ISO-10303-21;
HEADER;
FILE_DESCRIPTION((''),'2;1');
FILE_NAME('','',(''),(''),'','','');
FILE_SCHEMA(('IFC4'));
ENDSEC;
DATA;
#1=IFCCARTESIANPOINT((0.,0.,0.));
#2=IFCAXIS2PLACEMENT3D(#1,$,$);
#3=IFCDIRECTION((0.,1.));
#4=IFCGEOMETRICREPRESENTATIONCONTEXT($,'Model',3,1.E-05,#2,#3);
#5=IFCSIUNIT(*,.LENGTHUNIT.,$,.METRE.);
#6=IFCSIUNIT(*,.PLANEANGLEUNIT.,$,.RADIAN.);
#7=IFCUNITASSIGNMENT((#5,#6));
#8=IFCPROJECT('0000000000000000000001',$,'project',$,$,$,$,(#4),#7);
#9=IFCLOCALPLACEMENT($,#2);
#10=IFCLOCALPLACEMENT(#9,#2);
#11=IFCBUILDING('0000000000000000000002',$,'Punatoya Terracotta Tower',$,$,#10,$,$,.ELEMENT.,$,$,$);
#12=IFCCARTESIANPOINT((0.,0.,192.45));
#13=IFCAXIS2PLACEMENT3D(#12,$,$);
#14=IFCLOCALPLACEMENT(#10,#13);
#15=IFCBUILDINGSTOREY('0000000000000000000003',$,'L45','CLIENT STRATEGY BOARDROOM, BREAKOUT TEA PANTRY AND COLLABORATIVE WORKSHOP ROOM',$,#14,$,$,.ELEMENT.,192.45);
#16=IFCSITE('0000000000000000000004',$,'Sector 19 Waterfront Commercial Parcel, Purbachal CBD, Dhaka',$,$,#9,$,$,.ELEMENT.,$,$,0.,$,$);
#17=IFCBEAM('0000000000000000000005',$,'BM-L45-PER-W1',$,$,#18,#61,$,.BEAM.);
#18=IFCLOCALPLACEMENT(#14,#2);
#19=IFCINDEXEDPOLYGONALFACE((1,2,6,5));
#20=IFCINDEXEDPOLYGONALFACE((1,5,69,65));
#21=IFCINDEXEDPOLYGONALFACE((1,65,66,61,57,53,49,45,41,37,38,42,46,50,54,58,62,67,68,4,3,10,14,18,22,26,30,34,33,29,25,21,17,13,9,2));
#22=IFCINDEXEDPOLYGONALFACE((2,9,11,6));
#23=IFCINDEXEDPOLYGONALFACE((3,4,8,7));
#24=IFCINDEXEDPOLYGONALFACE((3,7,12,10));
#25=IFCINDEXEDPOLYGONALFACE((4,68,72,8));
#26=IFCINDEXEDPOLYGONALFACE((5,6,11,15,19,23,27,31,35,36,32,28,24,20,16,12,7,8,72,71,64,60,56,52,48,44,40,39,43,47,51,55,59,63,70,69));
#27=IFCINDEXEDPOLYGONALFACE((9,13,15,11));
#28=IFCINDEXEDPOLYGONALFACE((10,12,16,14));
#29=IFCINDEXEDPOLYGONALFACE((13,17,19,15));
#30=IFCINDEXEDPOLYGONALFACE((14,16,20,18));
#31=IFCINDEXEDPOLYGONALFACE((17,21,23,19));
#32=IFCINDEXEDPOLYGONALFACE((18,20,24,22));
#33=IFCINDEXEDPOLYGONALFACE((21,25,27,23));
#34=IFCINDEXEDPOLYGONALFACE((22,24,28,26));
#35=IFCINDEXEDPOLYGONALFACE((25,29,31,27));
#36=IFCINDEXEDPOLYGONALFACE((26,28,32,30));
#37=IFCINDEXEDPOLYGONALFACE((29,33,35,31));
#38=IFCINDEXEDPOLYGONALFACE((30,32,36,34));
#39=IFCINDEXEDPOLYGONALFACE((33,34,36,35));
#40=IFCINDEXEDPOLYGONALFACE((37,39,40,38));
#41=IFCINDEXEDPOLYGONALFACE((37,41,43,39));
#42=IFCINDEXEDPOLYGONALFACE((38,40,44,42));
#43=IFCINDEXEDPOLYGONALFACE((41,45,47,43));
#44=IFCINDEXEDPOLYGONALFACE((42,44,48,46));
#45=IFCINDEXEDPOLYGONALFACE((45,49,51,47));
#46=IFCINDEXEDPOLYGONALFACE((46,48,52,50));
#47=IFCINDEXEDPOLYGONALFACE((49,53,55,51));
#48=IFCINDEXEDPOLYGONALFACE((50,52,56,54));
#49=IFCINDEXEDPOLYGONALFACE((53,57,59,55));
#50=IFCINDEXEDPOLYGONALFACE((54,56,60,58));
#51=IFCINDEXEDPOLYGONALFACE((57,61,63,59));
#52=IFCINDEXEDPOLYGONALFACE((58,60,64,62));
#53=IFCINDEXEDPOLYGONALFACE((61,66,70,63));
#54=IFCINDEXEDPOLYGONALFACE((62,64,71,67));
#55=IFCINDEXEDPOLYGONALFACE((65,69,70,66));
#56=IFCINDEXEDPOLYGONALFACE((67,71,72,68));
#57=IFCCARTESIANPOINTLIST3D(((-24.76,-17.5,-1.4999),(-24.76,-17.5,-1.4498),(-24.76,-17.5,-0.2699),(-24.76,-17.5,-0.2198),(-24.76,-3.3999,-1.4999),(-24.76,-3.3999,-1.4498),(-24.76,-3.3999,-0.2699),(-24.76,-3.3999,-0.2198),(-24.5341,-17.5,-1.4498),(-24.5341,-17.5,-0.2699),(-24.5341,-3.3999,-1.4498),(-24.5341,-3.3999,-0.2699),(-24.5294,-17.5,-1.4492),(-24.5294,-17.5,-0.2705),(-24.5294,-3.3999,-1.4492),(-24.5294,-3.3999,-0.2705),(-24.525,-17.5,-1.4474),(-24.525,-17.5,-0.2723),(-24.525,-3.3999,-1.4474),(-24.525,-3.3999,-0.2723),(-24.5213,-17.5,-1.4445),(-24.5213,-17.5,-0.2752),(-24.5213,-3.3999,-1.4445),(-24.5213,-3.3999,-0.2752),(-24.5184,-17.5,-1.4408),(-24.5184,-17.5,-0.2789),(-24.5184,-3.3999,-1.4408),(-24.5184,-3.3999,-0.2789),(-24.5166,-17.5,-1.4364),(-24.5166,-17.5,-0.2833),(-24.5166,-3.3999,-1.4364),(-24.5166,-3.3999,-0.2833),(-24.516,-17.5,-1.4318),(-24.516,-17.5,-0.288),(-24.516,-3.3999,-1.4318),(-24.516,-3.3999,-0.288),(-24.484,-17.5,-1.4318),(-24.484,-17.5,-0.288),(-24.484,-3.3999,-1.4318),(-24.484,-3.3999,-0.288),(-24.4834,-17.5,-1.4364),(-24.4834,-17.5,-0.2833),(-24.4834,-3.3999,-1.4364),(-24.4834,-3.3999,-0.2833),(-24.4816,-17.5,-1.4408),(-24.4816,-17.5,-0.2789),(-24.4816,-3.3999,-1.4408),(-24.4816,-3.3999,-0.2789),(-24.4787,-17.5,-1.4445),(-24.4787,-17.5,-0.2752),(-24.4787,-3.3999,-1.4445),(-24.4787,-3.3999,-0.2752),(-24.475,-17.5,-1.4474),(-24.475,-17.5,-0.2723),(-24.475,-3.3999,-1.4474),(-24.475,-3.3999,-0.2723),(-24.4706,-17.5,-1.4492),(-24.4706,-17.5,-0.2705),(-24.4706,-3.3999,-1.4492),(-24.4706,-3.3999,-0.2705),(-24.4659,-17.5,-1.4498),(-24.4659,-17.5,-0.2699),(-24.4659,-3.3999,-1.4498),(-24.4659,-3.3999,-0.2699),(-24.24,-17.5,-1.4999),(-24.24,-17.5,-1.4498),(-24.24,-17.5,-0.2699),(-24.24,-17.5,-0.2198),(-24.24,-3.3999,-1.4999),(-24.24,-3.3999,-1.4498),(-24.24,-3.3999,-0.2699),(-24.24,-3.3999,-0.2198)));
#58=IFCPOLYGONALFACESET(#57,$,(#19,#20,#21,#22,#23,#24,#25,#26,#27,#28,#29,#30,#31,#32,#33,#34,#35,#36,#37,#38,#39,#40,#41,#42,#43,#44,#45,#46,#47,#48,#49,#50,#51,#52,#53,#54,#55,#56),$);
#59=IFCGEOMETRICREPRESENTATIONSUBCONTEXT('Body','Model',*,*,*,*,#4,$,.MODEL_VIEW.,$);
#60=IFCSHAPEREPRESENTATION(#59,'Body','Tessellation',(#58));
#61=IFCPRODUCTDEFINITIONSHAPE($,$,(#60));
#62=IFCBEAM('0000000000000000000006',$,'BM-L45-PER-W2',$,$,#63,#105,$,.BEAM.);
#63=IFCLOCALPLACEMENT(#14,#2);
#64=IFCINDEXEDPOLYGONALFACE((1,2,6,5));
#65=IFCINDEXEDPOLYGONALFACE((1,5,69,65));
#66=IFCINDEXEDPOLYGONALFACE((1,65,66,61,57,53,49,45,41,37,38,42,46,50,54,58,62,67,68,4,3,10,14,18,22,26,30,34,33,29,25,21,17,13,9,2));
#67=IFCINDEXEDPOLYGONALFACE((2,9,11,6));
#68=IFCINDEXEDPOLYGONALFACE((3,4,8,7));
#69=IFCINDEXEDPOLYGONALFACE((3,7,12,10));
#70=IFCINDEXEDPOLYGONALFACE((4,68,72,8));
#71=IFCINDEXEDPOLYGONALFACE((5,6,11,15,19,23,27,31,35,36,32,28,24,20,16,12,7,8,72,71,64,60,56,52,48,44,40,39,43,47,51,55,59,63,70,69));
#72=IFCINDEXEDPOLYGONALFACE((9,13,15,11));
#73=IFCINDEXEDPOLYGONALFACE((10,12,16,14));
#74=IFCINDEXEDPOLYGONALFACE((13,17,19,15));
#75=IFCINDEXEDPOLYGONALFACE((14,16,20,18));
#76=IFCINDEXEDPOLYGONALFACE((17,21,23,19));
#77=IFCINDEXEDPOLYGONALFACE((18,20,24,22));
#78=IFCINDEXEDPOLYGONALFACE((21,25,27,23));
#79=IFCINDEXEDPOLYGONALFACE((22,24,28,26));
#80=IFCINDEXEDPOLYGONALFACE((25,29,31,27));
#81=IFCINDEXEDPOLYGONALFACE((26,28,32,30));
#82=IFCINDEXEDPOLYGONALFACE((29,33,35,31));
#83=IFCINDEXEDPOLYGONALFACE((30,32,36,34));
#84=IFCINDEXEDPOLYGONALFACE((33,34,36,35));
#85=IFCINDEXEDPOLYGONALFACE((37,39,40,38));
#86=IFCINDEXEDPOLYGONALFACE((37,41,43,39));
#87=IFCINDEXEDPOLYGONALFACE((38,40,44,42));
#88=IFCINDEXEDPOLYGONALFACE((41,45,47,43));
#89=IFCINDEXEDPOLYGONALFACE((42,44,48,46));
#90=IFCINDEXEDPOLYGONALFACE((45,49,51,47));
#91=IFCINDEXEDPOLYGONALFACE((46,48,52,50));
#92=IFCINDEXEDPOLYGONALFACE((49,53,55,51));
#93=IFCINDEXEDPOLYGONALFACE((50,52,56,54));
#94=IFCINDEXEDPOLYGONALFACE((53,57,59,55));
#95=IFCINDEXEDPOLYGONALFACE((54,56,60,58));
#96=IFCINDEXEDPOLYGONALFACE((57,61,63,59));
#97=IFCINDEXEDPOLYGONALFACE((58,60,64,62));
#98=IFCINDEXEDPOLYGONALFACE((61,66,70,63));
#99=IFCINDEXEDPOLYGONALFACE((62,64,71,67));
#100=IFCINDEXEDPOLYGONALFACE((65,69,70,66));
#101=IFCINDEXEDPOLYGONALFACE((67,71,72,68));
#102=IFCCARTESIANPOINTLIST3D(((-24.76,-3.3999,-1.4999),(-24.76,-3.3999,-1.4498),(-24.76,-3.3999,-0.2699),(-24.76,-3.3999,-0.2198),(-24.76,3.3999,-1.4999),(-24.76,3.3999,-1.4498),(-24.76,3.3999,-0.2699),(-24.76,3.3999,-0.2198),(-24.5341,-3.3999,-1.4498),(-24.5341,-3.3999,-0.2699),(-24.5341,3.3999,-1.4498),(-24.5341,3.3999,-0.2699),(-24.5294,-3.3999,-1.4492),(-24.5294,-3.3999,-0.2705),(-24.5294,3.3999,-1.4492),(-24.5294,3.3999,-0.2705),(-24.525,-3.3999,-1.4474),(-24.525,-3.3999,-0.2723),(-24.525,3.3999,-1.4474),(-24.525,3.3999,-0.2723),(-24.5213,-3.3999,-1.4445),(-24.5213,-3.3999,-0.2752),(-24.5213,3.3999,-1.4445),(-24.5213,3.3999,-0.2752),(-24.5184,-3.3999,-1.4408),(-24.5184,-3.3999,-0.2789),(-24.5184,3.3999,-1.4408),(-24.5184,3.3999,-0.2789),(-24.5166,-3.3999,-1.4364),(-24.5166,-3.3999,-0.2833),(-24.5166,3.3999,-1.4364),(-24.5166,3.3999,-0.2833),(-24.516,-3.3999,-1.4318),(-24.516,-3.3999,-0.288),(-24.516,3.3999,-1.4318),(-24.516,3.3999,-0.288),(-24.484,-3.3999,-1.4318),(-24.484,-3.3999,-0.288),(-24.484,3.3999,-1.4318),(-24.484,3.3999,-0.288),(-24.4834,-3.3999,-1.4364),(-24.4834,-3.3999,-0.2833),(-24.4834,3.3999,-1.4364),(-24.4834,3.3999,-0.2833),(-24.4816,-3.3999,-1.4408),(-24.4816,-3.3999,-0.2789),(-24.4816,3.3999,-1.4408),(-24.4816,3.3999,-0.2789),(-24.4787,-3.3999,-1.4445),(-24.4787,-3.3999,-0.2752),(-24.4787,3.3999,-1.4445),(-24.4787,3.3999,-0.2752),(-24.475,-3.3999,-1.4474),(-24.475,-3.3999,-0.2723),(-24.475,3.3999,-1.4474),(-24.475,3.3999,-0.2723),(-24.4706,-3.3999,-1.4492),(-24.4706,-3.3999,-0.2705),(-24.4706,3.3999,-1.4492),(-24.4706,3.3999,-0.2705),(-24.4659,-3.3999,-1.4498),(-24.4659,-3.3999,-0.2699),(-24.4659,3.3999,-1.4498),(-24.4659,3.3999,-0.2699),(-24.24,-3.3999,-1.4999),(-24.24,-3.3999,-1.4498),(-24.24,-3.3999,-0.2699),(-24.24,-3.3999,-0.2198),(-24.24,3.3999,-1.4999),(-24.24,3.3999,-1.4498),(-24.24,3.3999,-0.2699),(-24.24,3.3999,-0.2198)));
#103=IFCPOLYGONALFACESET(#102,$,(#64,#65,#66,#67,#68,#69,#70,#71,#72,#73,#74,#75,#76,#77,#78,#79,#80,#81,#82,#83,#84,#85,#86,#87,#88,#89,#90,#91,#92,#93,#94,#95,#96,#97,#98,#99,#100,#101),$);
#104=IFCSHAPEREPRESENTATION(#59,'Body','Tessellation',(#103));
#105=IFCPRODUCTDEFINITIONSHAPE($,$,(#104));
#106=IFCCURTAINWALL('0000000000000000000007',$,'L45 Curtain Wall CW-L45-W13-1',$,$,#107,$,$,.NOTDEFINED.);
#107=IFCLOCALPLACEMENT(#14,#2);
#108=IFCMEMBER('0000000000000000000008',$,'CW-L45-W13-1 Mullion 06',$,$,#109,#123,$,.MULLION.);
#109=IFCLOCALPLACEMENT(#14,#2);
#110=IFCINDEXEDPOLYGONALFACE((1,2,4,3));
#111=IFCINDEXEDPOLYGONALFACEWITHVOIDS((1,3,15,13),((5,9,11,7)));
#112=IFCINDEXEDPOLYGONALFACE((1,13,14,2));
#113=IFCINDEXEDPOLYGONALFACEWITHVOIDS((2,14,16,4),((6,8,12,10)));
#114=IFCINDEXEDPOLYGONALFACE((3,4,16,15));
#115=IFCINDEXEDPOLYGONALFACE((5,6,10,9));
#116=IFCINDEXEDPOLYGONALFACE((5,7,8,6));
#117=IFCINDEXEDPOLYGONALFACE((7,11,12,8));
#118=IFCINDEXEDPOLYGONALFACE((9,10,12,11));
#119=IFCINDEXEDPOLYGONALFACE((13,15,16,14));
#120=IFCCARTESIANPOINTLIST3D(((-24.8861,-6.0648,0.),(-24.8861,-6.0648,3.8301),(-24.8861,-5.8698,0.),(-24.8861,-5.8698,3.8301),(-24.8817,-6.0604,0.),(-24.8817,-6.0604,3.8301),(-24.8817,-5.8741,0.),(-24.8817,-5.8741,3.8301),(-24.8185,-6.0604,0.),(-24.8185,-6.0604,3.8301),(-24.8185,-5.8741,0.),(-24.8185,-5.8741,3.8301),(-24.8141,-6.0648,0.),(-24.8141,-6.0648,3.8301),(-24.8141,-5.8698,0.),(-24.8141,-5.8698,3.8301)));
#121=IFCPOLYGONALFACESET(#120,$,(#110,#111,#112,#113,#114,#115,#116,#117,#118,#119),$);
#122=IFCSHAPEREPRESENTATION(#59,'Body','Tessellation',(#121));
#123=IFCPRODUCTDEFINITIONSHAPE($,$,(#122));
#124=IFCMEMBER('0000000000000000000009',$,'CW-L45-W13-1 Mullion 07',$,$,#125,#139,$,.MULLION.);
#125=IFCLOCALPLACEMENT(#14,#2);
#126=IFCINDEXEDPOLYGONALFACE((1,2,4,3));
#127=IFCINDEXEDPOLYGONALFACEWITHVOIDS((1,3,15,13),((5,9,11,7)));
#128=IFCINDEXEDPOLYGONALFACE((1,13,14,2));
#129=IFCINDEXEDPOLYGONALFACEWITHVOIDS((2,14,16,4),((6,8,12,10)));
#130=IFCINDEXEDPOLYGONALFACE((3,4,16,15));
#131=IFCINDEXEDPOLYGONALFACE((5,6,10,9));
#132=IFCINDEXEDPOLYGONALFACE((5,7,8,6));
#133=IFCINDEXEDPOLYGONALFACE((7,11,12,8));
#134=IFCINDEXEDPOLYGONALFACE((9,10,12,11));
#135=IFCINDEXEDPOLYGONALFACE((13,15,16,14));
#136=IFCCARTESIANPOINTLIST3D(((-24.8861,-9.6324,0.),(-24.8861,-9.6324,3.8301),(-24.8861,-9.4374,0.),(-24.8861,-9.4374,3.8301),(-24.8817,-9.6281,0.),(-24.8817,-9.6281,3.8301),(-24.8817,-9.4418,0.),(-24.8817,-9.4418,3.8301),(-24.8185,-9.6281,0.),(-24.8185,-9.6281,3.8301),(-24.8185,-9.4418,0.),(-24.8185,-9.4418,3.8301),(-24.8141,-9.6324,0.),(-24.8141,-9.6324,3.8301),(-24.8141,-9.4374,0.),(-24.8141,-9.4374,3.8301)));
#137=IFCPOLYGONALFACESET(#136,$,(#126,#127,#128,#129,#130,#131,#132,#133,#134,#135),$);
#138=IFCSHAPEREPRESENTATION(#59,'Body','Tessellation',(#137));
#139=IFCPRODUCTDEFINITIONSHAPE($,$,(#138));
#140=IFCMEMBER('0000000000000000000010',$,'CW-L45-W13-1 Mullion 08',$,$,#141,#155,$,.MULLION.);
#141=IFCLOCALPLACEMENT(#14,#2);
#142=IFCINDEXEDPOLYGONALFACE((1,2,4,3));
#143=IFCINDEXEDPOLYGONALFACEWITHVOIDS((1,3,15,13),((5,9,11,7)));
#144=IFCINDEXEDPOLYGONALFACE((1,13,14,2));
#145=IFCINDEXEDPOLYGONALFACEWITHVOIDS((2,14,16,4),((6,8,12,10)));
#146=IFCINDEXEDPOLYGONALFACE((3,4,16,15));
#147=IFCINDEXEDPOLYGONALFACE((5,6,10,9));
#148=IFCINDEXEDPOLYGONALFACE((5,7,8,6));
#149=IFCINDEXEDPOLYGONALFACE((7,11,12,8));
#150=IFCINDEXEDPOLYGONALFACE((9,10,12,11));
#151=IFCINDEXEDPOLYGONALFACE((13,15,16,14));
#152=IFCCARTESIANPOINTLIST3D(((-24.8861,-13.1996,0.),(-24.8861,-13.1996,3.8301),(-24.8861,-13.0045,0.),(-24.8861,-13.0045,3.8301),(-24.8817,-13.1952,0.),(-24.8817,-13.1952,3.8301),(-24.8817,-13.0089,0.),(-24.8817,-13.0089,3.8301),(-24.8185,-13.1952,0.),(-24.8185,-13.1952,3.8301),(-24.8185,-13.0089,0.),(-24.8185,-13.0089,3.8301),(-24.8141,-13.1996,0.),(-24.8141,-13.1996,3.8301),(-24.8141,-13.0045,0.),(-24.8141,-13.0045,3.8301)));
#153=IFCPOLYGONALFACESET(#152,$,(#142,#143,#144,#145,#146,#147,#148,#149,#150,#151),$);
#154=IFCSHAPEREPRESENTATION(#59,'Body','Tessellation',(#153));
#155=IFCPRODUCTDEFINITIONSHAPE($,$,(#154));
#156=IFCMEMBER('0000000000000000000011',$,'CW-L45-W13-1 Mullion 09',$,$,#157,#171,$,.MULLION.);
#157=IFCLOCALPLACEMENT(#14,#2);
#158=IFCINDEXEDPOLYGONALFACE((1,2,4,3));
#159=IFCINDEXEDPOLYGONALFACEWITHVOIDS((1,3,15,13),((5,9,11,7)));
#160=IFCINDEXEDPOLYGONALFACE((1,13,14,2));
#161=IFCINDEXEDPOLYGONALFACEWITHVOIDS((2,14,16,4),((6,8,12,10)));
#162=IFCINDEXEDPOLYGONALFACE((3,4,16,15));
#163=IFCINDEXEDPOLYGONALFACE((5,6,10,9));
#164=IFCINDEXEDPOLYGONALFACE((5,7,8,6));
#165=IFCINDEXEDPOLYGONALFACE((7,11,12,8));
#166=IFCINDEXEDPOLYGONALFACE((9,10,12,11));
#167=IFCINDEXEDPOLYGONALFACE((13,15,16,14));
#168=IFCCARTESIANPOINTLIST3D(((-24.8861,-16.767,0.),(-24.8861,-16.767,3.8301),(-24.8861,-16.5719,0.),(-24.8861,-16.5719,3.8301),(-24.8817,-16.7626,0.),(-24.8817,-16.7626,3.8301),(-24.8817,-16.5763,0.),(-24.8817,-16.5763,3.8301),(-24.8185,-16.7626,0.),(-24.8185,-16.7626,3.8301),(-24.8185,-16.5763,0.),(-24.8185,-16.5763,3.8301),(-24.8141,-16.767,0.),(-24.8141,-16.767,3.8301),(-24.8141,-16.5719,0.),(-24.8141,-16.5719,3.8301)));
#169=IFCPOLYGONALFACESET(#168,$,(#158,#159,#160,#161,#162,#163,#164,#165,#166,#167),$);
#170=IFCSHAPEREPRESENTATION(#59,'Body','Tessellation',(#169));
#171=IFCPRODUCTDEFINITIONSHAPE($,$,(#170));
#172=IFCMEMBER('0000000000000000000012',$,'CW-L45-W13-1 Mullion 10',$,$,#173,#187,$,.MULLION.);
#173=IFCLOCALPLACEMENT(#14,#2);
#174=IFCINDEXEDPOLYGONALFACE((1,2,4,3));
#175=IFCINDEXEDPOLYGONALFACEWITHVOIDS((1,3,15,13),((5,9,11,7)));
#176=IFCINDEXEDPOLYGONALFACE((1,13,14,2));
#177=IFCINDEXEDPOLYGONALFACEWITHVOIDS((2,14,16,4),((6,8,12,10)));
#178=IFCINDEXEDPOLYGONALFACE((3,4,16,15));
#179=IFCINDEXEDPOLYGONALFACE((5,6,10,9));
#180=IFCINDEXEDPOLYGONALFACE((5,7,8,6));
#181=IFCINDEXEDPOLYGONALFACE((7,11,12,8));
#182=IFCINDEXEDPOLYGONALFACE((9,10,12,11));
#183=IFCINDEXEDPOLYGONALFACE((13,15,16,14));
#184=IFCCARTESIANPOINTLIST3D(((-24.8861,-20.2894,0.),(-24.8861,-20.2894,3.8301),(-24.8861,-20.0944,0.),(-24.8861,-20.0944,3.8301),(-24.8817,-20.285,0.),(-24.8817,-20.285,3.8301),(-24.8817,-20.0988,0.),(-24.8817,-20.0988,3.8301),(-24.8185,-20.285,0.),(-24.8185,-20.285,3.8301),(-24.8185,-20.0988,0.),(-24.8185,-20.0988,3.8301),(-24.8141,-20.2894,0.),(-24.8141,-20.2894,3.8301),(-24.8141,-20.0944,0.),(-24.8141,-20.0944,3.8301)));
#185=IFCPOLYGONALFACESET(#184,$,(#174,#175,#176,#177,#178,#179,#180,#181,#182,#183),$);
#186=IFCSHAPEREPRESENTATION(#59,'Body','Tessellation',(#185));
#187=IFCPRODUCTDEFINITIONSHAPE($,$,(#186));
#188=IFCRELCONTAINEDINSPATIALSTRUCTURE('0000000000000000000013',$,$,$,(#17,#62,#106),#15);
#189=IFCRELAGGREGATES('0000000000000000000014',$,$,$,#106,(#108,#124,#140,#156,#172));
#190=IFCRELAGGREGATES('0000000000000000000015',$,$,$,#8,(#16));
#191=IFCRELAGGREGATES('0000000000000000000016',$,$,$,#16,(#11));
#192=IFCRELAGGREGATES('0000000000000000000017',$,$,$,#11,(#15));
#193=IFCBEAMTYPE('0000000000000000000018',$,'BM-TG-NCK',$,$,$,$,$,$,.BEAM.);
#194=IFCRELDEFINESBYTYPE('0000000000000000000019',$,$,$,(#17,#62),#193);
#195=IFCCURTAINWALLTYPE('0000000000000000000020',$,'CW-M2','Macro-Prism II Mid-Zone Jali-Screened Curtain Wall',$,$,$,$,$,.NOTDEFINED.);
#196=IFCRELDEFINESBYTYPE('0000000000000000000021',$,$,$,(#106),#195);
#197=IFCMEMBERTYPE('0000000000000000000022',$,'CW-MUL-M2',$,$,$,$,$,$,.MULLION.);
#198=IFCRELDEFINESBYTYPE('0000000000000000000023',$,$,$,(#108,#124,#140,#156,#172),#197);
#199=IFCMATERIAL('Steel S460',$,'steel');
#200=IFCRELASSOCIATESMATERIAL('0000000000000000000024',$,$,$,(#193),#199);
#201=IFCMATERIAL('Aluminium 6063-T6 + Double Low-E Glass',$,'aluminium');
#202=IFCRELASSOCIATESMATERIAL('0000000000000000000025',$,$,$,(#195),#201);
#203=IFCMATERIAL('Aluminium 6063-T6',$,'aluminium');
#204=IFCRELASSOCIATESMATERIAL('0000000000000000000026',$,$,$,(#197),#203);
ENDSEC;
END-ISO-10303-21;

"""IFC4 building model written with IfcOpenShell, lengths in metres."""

from ifc_helpers import new_model, si_unit, direction, frame, origin, origin_2d, place, context, subcontext, project, spatial, hollow_rectangle, i_section, extrude, material, material_profile, profile_set, type_object, element, aggregate, save


model = new_model("IFC4")

# Units and contexts
model_context = context("Model", 3, precision=1e-05, world=origin(), true_north=direction((0.0, 1.0)))
body_context = subcontext(model_context, "Body", "Model", "MODEL_VIEW")
ifc_project = project(units=[si_unit("LENGTHUNIT", "METRE"), si_unit("PLANEANGLEUNIT", "RADIAN")], contexts=[model_context])

# Site, building, storey
site_placement = place(None, origin())
site = spatial("IfcSite", under=ifc_project, at=site_placement, Name="Sector 19 Waterfront Commercial Parcel, Purbachal CBD, Dhaka", CompositionType="ELEMENT", RefElevation=0.0)
building_placement = place(site_placement, origin())
building = spatial("IfcBuilding", under=site, at=building_placement, Name="Punatoya Terracotta Tower", CompositionType="ELEMENT")
storey_placement = place(building_placement, frame((0.0, 0.0, 192.45)))
storey = spatial("IfcBuildingStorey", under=building, at=storey_placement, Name="L45", Description="CLIENT STRATEGY BOARDROOM, BREAKOUT TEA PANTRY AND COLLABORATIVE WORKSHOP ROOM", CompositionType="ELEMENT", Elevation=192.45)

# Shared definitions
ifc_material_1 = material(Name="Steel S460", Category="steel")

# Beams
ifc_material_profile_1 = material_profile(ifc_material_1, i_section(OverallWidth=0.52, OverallDepth=1.28, WebThickness=0.032, FlangeThickness=0.05, FilletRadius=0.0181, at=origin_2d()))
ifc_profile_set_1 = profile_set([ifc_material_profile_1], Name="Steel S460")
beam_type_1 = type_object("IfcBeamType", Name="BM-TG-NCK", PredefinedType="BEAM", material=ifc_profile_set_1)
beam_1_placement = place(storey_placement, frame((-24.5, -17.5, -0.8599), z_axis=(0.0, 1.0, 0.0), x_axis=(-1.0, 0.0, 0.0)))
element("IfcBeam", 1, at=beam_1_placement, inside=storey, type_object=beam_type_1, Name="BM-L45-PER-W1", PredefinedType="BEAM", context=body_context, shape_type="SweptSolid", body=[
    extrude(i_section(OverallWidth=0.52, OverallDepth=1.28, WebThickness=0.032, FlangeThickness=0.05, FilletRadius=0.0181, at=origin_2d()), origin(), (0.0, 0.0, 1.0), 14.1001),
])
beam_2_placement = place(storey_placement, frame((-24.5, -3.3999, -0.8599), z_axis=(0.0, 1.0, 0.0), x_axis=(-1.0, 0.0, 0.0)))
element("IfcBeam", 2, at=beam_2_placement, inside=storey, type_object=beam_type_1, Name="BM-L45-PER-W2", PredefinedType="BEAM", context=body_context, shape_type="SweptSolid", body=[
    extrude(i_section(OverallWidth=0.52, OverallDepth=1.28, WebThickness=0.032, FlangeThickness=0.05, FilletRadius=0.0181, at=origin_2d()), origin(), (0.0, 0.0, 1.0), 6.7998),
])

# Curtain wall, members
ifc_material_2 = material(Name="Aluminium 6063-T6 + Double Low-E Glass", Category="aluminium")
curtain_wall_type = type_object("IfcCurtainWallType", Name="CW-M2", Description="Macro-Prism II Mid-Zone Jali-Screened Curtain Wall", PredefinedType="NOTDEFINED", material=ifc_material_2)
curtain_wall_1_placement = place(storey_placement, origin())
curtain_wall_1 = element("IfcCurtainWall", 3, at=curtain_wall_1_placement, inside=storey, type_object=curtain_wall_type, Name="L45 Curtain Wall CW-L45-W13-1", PredefinedType="NOTDEFINED")
ifc_material_3 = material(Name="Aluminium 6063-T6", Category="aluminium")
ifc_material_profile_2 = material_profile(ifc_material_3, hollow_rectangle(XDim=0.072, YDim=0.1951, WallThickness=0.0044, at=origin_2d()))
ifc_profile_set_2 = profile_set([ifc_material_profile_2], Name="Aluminium 6063-T6")
member_type_1 = type_object("IfcMemberType", Name="CW-MUL-M2", PredefinedType="MULLION", material=ifc_profile_set_2)
member_1_placement = place(storey_placement, frame((-24.8501, -5.9673, 0.0), z_axis=(0.0, 0.0, 1.0), x_axis=(1.0, 0.0, 0.0)))
member_1 = element("IfcMember", 4, at=member_1_placement, type_object=member_type_1, Name="CW-L45-W13-1 Mullion 06", PredefinedType="MULLION", context=body_context, shape_type="SweptSolid", body=[
    extrude(hollow_rectangle(XDim=0.072, YDim=0.1951, WallThickness=0.0044, at=origin_2d()), origin(), (0.0, 0.0, 1.0), 3.8301),
])
member_2_placement = place(storey_placement, frame((-24.8501, -9.5349, 0.0), z_axis=(0.0, 0.0, 1.0), x_axis=(1.0, 0.0, 0.0)))
member_2 = element("IfcMember", 5, at=member_2_placement, type_object=member_type_1, Name="CW-L45-W13-1 Mullion 07", PredefinedType="MULLION", context=body_context, shape_type="SweptSolid", body=[
    extrude(hollow_rectangle(XDim=0.072, YDim=0.1951, WallThickness=0.0044, at=origin_2d()), origin(), (0.0, 0.0, 1.0), 3.8301),
])
member_3_placement = place(storey_placement, frame((-24.8501, -13.1021, 0.0), z_axis=(0.0, 0.0, 1.0), x_axis=(1.0, 0.0, 0.0)))
member_3 = element("IfcMember", 6, at=member_3_placement, type_object=member_type_1, Name="CW-L45-W13-1 Mullion 08", PredefinedType="MULLION", context=body_context, shape_type="SweptSolid", body=[
    extrude(hollow_rectangle(XDim=0.072, YDim=0.1951, WallThickness=0.0044, at=origin_2d()), origin(), (0.0, 0.0, 1.0), 3.8301),
])
member_4_placement = place(storey_placement, frame((-24.8501, -16.6694, 0.0), z_axis=(0.0, 0.0, 1.0), x_axis=(1.0, 0.0, 0.0)))
member_4 = element("IfcMember", 7, at=member_4_placement, type_object=member_type_1, Name="CW-L45-W13-1 Mullion 09", PredefinedType="MULLION", context=body_context, shape_type="SweptSolid", body=[
    extrude(hollow_rectangle(XDim=0.072, YDim=0.1951, WallThickness=0.0044, at=origin_2d()), origin(), (0.0, 0.0, 1.0), 3.8301),
])
member_5_placement = place(storey_placement, frame((-24.8501, -20.1919, 0.0), z_axis=(0.0, 0.0, 1.0), x_axis=(1.0, 0.0, 0.0)))
member_5 = element("IfcMember", 8, at=member_5_placement, type_object=member_type_1, Name="CW-L45-W13-1 Mullion 10", PredefinedType="MULLION", context=body_context, shape_type="SweptSolid", body=[
    extrude(hollow_rectangle(XDim=0.072, YDim=0.1951, WallThickness=0.0044, at=origin_2d()), origin(), (0.0, 0.0, 1.0), 3.8301),
])

aggregate(curtain_wall_1, [member_1, member_2, member_3, member_4, member_5])

save(model, "model.ifc")
